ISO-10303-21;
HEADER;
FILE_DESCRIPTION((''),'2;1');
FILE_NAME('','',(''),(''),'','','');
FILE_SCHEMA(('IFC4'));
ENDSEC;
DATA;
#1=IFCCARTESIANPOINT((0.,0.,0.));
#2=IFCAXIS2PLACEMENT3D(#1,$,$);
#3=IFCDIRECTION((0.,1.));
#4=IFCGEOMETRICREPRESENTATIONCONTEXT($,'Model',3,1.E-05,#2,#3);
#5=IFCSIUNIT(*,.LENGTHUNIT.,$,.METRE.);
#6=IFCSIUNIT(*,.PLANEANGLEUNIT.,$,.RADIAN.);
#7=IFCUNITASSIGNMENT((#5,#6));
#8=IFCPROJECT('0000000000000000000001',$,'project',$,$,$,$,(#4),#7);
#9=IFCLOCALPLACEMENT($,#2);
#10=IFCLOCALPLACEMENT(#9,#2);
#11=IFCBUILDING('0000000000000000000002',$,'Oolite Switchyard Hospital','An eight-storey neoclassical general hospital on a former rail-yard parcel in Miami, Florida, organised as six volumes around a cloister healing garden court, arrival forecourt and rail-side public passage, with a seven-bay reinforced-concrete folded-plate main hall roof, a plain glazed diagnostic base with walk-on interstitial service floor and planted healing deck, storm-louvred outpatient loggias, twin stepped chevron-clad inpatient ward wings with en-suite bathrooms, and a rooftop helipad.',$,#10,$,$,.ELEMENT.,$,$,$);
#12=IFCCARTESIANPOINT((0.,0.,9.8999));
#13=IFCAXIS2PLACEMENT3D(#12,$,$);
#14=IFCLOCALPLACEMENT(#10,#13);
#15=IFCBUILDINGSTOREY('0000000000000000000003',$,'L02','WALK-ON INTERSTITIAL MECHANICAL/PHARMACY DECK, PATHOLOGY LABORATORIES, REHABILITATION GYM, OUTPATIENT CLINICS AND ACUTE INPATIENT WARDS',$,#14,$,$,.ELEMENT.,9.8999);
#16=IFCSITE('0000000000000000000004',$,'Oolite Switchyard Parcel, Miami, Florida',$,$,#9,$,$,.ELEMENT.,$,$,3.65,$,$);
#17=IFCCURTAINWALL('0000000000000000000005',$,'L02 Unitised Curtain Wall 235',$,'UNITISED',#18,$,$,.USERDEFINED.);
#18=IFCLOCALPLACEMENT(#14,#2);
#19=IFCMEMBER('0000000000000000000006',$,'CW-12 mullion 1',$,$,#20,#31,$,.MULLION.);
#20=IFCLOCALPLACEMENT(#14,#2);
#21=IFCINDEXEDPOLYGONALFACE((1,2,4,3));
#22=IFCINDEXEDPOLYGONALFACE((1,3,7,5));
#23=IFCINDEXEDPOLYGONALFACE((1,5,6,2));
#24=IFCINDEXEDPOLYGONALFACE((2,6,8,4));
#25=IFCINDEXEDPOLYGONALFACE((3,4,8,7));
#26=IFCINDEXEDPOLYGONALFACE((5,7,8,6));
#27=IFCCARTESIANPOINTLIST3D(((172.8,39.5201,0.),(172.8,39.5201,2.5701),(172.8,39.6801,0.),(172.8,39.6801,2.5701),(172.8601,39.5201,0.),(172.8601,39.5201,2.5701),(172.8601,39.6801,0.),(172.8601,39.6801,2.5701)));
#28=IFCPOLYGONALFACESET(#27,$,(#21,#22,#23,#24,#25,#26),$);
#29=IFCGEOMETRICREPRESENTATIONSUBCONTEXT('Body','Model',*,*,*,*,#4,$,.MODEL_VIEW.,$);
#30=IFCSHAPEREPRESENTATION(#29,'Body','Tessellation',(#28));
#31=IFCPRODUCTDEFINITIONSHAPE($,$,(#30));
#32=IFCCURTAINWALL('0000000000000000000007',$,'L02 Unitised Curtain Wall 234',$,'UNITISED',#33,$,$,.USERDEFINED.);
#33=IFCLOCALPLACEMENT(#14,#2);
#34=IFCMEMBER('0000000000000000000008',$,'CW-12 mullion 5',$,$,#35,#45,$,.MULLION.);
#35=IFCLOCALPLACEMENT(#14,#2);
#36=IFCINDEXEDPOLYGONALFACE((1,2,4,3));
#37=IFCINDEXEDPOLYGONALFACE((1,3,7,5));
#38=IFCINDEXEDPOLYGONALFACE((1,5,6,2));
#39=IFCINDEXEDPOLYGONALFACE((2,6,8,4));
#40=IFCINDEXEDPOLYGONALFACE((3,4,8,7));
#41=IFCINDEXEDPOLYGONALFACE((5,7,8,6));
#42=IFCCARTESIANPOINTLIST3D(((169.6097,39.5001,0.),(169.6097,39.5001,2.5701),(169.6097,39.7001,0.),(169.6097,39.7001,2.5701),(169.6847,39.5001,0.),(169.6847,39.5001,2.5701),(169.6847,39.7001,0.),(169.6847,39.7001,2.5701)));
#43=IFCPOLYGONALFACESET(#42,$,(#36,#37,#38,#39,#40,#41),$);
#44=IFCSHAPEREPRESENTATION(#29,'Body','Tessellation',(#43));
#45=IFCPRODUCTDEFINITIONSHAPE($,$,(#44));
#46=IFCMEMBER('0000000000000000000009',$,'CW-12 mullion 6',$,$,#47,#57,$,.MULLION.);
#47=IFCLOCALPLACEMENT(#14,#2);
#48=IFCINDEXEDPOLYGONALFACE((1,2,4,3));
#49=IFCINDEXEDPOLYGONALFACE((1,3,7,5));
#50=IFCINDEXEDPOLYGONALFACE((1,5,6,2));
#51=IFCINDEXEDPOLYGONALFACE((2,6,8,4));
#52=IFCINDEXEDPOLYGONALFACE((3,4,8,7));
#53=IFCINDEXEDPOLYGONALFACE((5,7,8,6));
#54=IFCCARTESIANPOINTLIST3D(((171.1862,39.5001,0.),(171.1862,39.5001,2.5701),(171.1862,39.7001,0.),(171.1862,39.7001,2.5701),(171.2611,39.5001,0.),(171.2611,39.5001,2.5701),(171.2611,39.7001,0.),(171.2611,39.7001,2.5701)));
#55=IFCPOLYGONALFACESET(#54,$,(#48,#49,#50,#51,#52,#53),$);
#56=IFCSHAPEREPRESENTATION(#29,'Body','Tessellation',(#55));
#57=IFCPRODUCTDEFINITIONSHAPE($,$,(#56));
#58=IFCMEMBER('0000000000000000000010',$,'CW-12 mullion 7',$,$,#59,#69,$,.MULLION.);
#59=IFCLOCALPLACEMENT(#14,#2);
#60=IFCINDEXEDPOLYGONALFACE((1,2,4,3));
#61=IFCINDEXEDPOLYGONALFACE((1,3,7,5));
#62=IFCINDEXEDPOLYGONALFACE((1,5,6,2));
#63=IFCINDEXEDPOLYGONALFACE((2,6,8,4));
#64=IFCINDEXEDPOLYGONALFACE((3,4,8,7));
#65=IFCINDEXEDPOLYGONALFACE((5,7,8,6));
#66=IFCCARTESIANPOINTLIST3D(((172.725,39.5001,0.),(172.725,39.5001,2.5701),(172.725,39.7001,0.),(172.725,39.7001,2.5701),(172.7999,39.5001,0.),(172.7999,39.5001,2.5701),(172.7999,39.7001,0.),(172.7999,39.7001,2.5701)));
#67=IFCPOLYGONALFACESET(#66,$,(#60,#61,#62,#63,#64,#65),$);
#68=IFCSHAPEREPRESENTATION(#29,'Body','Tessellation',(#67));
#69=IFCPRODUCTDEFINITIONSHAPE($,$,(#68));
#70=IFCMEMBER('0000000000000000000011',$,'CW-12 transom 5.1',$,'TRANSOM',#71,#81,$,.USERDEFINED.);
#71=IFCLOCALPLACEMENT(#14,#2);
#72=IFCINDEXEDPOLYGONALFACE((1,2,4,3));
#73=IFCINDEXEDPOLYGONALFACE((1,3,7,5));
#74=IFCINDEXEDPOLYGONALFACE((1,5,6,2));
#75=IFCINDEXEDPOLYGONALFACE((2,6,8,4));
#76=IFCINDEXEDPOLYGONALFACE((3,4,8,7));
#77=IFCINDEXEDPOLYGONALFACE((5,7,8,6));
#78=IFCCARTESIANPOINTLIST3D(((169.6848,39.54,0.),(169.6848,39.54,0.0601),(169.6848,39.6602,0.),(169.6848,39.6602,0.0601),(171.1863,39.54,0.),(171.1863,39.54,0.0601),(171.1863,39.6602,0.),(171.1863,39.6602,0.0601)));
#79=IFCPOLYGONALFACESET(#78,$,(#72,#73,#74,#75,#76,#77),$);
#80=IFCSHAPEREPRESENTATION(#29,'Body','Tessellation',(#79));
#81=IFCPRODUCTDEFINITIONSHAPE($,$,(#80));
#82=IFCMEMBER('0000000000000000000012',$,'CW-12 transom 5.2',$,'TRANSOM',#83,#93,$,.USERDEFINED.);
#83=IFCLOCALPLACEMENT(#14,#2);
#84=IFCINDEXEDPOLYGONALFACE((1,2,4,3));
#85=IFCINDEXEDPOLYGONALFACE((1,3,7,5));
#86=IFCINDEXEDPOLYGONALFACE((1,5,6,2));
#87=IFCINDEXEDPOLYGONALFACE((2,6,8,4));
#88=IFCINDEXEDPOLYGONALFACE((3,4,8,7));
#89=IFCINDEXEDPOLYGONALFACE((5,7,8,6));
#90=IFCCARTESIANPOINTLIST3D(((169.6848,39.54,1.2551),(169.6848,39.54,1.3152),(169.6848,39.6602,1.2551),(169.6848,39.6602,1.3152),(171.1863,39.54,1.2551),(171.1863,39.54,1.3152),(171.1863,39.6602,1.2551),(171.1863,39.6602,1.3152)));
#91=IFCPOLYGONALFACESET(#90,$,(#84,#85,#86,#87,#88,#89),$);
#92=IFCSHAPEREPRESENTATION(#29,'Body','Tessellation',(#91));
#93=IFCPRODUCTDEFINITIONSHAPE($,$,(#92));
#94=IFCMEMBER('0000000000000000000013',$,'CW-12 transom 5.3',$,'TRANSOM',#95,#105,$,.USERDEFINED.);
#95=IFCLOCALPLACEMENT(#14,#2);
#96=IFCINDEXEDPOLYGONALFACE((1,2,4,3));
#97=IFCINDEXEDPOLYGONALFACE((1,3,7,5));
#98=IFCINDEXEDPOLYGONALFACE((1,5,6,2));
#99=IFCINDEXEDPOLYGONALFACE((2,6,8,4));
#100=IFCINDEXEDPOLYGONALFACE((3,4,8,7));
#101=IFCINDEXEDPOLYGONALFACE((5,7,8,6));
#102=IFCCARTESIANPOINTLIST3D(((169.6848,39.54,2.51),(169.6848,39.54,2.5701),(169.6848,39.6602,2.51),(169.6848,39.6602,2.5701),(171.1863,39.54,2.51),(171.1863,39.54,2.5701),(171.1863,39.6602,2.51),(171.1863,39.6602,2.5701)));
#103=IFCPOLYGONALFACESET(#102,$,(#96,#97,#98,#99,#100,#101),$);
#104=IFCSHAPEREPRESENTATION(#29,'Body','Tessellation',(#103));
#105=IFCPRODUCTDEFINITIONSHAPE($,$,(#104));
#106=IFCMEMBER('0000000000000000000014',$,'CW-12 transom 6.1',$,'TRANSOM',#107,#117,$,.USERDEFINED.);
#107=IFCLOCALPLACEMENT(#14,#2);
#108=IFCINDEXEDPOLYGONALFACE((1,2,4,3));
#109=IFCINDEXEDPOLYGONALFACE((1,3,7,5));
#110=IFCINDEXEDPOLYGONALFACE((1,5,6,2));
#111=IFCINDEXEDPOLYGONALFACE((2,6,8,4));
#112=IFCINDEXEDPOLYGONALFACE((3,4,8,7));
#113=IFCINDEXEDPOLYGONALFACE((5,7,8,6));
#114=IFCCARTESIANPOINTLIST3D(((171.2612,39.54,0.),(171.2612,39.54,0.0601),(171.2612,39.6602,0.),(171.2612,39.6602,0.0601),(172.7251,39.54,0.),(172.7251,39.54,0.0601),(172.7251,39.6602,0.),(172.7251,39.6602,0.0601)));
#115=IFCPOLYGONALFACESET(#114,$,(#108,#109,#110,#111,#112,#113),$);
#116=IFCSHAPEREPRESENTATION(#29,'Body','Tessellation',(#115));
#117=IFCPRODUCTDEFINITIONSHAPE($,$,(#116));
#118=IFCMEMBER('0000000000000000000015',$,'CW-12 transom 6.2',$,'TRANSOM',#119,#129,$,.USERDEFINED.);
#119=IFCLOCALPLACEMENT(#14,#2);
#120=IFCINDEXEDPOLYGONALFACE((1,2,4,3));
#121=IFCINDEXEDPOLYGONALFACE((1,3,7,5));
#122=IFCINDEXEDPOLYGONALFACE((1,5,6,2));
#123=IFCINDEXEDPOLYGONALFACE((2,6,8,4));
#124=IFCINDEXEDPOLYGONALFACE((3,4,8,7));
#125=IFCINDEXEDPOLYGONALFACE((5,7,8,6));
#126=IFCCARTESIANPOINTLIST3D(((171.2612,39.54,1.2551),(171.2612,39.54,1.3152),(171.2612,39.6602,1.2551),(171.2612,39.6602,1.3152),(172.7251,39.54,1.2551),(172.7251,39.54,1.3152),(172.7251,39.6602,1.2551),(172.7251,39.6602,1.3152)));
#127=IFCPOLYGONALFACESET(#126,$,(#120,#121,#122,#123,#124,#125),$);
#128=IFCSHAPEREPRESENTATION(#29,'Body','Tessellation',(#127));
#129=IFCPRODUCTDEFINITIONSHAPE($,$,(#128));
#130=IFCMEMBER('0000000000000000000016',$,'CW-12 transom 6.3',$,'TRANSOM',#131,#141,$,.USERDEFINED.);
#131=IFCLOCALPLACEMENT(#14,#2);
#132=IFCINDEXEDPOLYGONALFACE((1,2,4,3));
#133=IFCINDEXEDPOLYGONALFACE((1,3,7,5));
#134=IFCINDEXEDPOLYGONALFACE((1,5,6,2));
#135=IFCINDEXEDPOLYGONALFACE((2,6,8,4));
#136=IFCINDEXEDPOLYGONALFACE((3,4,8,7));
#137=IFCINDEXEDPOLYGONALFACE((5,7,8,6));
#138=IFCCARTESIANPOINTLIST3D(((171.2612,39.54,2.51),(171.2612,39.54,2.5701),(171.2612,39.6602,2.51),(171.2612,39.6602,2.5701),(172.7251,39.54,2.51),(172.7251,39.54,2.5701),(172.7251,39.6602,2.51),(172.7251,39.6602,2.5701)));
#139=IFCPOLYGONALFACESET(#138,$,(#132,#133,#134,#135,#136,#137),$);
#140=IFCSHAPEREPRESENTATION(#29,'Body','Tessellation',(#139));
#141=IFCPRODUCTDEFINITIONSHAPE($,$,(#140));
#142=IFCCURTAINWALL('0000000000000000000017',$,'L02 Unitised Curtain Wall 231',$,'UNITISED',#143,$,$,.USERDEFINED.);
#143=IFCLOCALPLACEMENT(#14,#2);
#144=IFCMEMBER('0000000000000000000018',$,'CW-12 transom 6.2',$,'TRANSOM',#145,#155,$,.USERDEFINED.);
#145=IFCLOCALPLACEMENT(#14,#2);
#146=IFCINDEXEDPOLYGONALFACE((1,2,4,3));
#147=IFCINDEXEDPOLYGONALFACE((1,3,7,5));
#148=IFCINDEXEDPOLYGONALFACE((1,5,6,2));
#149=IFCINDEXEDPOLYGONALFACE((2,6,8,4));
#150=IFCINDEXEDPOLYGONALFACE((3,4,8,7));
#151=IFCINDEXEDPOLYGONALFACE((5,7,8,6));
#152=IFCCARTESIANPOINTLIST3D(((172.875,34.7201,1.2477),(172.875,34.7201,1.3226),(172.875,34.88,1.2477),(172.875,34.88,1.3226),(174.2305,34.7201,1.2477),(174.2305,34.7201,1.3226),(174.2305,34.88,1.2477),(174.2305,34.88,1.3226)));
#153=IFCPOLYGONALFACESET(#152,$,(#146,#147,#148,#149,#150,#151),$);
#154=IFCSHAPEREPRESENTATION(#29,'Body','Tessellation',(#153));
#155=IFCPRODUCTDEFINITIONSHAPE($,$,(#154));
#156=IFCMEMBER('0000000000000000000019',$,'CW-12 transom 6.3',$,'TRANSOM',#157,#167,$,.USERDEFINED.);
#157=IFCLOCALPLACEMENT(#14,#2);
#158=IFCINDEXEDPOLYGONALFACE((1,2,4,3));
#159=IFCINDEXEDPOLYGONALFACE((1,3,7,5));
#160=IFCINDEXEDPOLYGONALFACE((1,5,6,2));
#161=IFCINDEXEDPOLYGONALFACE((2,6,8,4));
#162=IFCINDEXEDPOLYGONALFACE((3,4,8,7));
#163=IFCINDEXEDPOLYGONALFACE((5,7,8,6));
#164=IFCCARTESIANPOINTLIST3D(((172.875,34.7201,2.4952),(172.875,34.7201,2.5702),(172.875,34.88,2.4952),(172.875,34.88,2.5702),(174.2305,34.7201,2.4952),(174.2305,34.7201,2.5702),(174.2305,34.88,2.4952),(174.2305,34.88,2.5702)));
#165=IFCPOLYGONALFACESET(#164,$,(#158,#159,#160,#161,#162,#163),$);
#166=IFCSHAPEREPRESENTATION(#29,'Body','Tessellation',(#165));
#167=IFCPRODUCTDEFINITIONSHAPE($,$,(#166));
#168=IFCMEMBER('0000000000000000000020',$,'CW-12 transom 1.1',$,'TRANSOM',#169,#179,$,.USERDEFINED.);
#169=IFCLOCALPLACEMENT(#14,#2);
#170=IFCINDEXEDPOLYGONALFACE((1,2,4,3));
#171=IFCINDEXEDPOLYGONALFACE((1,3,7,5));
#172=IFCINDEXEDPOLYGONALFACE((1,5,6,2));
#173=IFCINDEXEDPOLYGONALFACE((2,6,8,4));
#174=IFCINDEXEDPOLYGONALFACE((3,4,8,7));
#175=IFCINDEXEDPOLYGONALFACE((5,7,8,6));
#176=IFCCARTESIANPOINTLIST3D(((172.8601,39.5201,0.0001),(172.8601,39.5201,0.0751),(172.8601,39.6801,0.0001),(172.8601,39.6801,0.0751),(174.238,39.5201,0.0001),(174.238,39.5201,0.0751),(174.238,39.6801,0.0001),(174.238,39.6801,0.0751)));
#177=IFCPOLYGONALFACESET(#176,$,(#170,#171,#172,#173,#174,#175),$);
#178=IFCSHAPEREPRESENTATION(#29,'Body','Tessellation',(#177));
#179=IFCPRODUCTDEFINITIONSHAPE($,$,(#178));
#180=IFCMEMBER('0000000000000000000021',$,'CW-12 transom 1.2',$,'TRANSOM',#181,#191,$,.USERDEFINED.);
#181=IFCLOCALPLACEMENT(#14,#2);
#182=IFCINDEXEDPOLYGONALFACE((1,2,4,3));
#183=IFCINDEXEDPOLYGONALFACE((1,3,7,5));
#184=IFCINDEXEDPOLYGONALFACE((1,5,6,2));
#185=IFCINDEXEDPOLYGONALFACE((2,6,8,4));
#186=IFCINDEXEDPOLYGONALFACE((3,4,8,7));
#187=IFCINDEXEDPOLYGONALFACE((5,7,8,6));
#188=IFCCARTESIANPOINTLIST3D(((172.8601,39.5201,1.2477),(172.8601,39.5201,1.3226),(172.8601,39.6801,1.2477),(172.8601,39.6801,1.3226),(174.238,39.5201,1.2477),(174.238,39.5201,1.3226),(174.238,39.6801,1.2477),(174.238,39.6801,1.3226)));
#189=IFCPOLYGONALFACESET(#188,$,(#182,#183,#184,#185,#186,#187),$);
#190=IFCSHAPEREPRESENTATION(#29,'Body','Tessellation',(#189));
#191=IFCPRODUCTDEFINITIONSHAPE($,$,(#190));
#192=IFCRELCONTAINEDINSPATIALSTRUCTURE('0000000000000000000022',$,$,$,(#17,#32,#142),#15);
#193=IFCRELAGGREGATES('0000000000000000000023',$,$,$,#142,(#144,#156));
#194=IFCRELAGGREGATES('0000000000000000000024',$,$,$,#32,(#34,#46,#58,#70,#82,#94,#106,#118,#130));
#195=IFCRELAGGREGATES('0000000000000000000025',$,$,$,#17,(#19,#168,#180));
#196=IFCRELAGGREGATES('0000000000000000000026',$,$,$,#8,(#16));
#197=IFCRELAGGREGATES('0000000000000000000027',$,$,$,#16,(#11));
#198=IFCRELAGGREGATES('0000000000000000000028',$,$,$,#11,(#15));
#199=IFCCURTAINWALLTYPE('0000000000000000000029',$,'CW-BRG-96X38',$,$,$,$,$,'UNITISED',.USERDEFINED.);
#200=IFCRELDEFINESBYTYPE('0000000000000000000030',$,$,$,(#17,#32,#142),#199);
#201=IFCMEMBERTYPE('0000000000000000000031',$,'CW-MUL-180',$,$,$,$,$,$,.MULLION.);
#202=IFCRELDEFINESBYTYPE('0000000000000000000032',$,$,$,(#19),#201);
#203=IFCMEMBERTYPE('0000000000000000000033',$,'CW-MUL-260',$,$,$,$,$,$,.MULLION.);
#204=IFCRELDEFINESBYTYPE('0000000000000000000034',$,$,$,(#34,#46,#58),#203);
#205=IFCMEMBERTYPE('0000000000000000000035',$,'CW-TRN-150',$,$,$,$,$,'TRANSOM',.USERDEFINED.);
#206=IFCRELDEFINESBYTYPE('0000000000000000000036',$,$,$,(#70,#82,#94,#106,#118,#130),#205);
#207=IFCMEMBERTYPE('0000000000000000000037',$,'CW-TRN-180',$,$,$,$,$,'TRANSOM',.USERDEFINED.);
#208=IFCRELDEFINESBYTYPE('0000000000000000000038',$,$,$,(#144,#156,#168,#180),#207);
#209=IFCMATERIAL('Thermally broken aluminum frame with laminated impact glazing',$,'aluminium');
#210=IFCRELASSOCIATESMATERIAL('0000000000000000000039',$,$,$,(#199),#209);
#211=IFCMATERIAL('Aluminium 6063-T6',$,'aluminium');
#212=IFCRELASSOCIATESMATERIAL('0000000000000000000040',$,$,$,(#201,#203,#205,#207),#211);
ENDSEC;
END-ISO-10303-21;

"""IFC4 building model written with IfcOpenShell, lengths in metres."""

from ifc_helpers import new_model, si_unit, direction, frame, origin, origin_2d, place, context, subcontext, project, spatial, rectangle, extrude, material, material_profile, profile_set, type_object, element, aggregate, save


model = new_model("IFC4")

# Units and contexts
model_context = context("Model", 3, precision=1e-05, world=origin(), true_north=direction((0.0, 1.0)))
body_context = subcontext(model_context, "Body", "Model", "MODEL_VIEW")
ifc_project = project(units=[si_unit("LENGTHUNIT", "METRE"), si_unit("PLANEANGLEUNIT", "RADIAN")], contexts=[model_context])

# Site, building, storey
site_placement = place(None, origin())
site = spatial("IfcSite", under=ifc_project, at=site_placement, Name="Oolite Switchyard Parcel, Miami, Florida", CompositionType="ELEMENT", RefElevation=3.65)
building_placement = place(site_placement, origin())
building = spatial("IfcBuilding", under=site, at=building_placement, Name="Oolite Switchyard Hospital", Description="An eight-storey neoclassical general hospital on a former rail-yard parcel in Miami, Florida, organised as six volumes around a cloister healing garden court, arrival forecourt and rail-side public passage, with a seven-bay reinforced-concrete folded-plate main hall roof, a plain glazed diagnostic base with walk-on interstitial service floor and planted healing deck, storm-louvred outpatient loggias, twin stepped chevron-clad inpatient ward wings with en-suite bathrooms, and a rooftop helipad.", CompositionType="ELEMENT")
storey_placement = place(building_placement, frame((0.0, 0.0, 9.8999)))
storey = spatial("IfcBuildingStorey", under=building, at=storey_placement, Name="L02", Description="WALK-ON INTERSTITIAL MECHANICAL/PHARMACY DECK, PATHOLOGY LABORATORIES, REHABILITATION GYM, OUTPATIENT CLINICS AND ACUTE INPATIENT WARDS", CompositionType="ELEMENT", Elevation=9.8999)

# Curtain wall, member
ifc_material_1 = material(Name="Thermally broken aluminum frame with laminated impact glazing", Category="aluminium")
curtain_wall_type = type_object("IfcCurtainWallType", Name="CW-BRG-96X38", ElementType="UNITISED", PredefinedType="USERDEFINED", material=ifc_material_1)
curtain_wall_1_placement = place(storey_placement, origin())
curtain_wall_1 = element("IfcCurtainWall", 1, at=curtain_wall_1_placement, inside=storey, type_object=curtain_wall_type, Name="L02 Unitised Curtain Wall 235", ObjectType="UNITISED", PredefinedType="USERDEFINED")
ifc_material_2 = material(Name="Aluminium 6063-T6", Category="aluminium")
ifc_material_profile_1 = material_profile(ifc_material_2, rectangle(XDim=0.1599, YDim=0.0601, at=origin_2d()), Name="CWM60X160")
ifc_profile_set_1 = profile_set([ifc_material_profile_1], Name="Aluminium 6063-T6")
member_type_1 = type_object("IfcMemberType", Name="CW-MUL-180", PredefinedType="MULLION", material=ifc_profile_set_1)
member_1_placement = place(storey_placement, frame((172.8301, 39.6001, 0.0), z_axis=(0.0, 0.0, 1.0), x_axis=(0.0, 1.0, 0.0)))
member_1 = element("IfcMember", 2, at=member_1_placement, type_object=member_type_1, Name="CW-12 mullion 1", PredefinedType="MULLION", context=body_context, shape_type="SweptSolid", body=[
    extrude(rectangle(XDim=0.1599, YDim=0.0601, at=origin_2d()), origin(), (0.0, 0.0, 1.0), 2.5701),
])

# Curtain walls, members
curtain_wall_2_placement = place(storey_placement, origin())
curtain_wall_2 = element("IfcCurtainWall", 3, at=curtain_wall_2_placement, inside=storey, type_object=curtain_wall_type, Name="L02 Unitised Curtain Wall 234", ObjectType="UNITISED", PredefinedType="USERDEFINED")
ifc_material_profile_2 = material_profile(ifc_material_2, rectangle(XDim=0.2, YDim=0.075, at=origin_2d()), Name="CWM75X200")
ifc_profile_set_2 = profile_set([ifc_material_profile_2], Name="Aluminium 6063-T6")
member_type_2 = type_object("IfcMemberType", Name="CW-MUL-260", PredefinedType="MULLION", material=ifc_profile_set_2)
member_2_placement = place(storey_placement, frame((169.6472, 39.6001, 0.0), z_axis=(0.0, 0.0, 1.0), x_axis=(0.0, 1.0, 0.0)))
member_2 = element("IfcMember", 4, at=member_2_placement, type_object=member_type_2, Name="CW-12 mullion 5", PredefinedType="MULLION", context=body_context, shape_type="SweptSolid", body=[
    extrude(rectangle(XDim=0.2, YDim=0.075, at=origin_2d()), origin(), (0.0, 0.0, 1.0), 2.5701),
])
member_3_placement = place(storey_placement, frame((171.2236, 39.6001, 0.0), z_axis=(0.0, 0.0, 1.0), x_axis=(0.0, 1.0, 0.0)))
member_3 = element("IfcMember", 5, at=member_3_placement, type_object=member_type_2, Name="CW-12 mullion 6", PredefinedType="MULLION", context=body_context, shape_type="SweptSolid", body=[
    extrude(rectangle(XDim=0.2, YDim=0.075, at=origin_2d()), origin(), (0.0, 0.0, 1.0), 2.5701),
])
member_4_placement = place(storey_placement, frame((172.7625, 39.6001, 0.0), z_axis=(0.0, 0.0, 1.0), x_axis=(0.0, 1.0, 0.0)))
member_4 = element("IfcMember", 6, at=member_4_placement, type_object=member_type_2, Name="CW-12 mullion 7", PredefinedType="MULLION", context=body_context, shape_type="SweptSolid", body=[
    extrude(rectangle(XDim=0.2, YDim=0.075, at=origin_2d()), origin(), (0.0, 0.0, 1.0), 2.5701),
])
ifc_material_profile_3 = material_profile(ifc_material_2, rectangle(XDim=0.1201, YDim=0.0601, at=origin_2d()), Name="CWT60X120")
ifc_profile_set_3 = profile_set([ifc_material_profile_3], Name="Aluminium 6063-T6")
member_type_3 = type_object("IfcMemberType", Name="CW-TRN-150", ElementType="TRANSOM", PredefinedType="USERDEFINED", material=ifc_profile_set_3)
member_5_placement = place(storey_placement, frame((169.6848, 39.6001, 0.03), z_axis=(1.0, 0.0, 0.0), x_axis=(0.0, 1.0, 0.0)))
member_5 = element("IfcMember", 7, at=member_5_placement, type_object=member_type_3, Name="CW-12 transom 5.1", ObjectType="TRANSOM", PredefinedType="USERDEFINED", context=body_context, shape_type="SweptSolid", body=[
    extrude(rectangle(XDim=0.1201, YDim=0.0601, at=origin_2d()), origin(), (0.0, 0.0, 1.0), 1.5015),
])
member_6_placement = place(storey_placement, frame((169.6848, 39.6001, 1.2852), z_axis=(1.0, 0.0, 0.0), x_axis=(0.0, 1.0, 0.0)))
member_6 = element("IfcMember", 8, at=member_6_placement, type_object=member_type_3, Name="CW-12 transom 5.2", ObjectType="TRANSOM", PredefinedType="USERDEFINED", context=body_context, shape_type="SweptSolid", body=[
    extrude(rectangle(XDim=0.1201, YDim=0.0601, at=origin_2d()), origin(), (0.0, 0.0, 1.0), 1.5015),
])
member_7_placement = place(storey_placement, frame((169.6848, 39.6001, 2.54), z_axis=(1.0, 0.0, 0.0), x_axis=(0.0, 1.0, 0.0)))
member_7 = element("IfcMember", 9, at=member_7_placement, type_object=member_type_3, Name="CW-12 transom 5.3", ObjectType="TRANSOM", PredefinedType="USERDEFINED", context=body_context, shape_type="SweptSolid", body=[
    extrude(rectangle(XDim=0.1201, YDim=0.0601, at=origin_2d()), origin(), (0.0, 0.0, 1.0), 1.5015),
])
member_8_placement = place(storey_placement, frame((171.2612, 39.6001, 0.03), z_axis=(1.0, 0.0, 0.0), x_axis=(0.0, 1.0, 0.0)))
member_8 = element("IfcMember", 10, at=member_8_placement, type_object=member_type_3, Name="CW-12 transom 6.1", ObjectType="TRANSOM", PredefinedType="USERDEFINED", context=body_context, shape_type="SweptSolid", body=[
    extrude(rectangle(XDim=0.1201, YDim=0.0601, at=origin_2d()), origin(), (0.0, 0.0, 1.0), 1.4639),
])
member_9_placement = place(storey_placement, frame((171.2612, 39.6001, 1.2852), z_axis=(1.0, 0.0, 0.0), x_axis=(0.0, 1.0, 0.0)))
member_9 = element("IfcMember", 11, at=member_9_placement, type_object=member_type_3, Name="CW-12 transom 6.2", ObjectType="TRANSOM", PredefinedType="USERDEFINED", context=body_context, shape_type="SweptSolid", body=[
    extrude(rectangle(XDim=0.1201, YDim=0.0601, at=origin_2d()), origin(), (0.0, 0.0, 1.0), 1.4639),
])
member_10_placement = place(storey_placement, frame((171.2612, 39.6001, 2.54), z_axis=(1.0, 0.0, 0.0), x_axis=(0.0, 1.0, 0.0)))
member_10 = element("IfcMember", 12, at=member_10_placement, type_object=member_type_3, Name="CW-12 transom 6.3", ObjectType="TRANSOM", PredefinedType="USERDEFINED", context=body_context, shape_type="SweptSolid", body=[
    extrude(rectangle(XDim=0.1201, YDim=0.0601, at=origin_2d()), origin(), (0.0, 0.0, 1.0), 1.4639),
])
curtain_wall_3_placement = place(storey_placement, origin())
curtain_wall_3 = element("IfcCurtainWall", 13, at=curtain_wall_3_placement, inside=storey, type_object=curtain_wall_type, Name="L02 Unitised Curtain Wall 231", ObjectType="UNITISED", PredefinedType="USERDEFINED")
ifc_material_profile_4 = material_profile(ifc_material_2, rectangle(XDim=0.1599, YDim=0.075, at=origin_2d()), Name="CWT75X160")
ifc_profile_set_4 = profile_set([ifc_material_profile_4], Name="Aluminium 6063-T6")
member_type_4 = type_object("IfcMemberType", Name="CW-TRN-180", ElementType="TRANSOM", PredefinedType="USERDEFINED", material=ifc_profile_set_4)
member_11_placement = place(storey_placement, frame((174.2305, 34.8, 1.2852), z_axis=(-1.0, 0.0, 0.0), x_axis=(0.0, -1.0, 0.0)))
member_11 = element("IfcMember", 14, at=member_11_placement, type_object=member_type_4, Name="CW-12 transom 6.2", ObjectType="TRANSOM", PredefinedType="USERDEFINED", context=body_context, shape_type="SweptSolid", body=[
    extrude(rectangle(XDim=0.1599, YDim=0.075, at=origin_2d()), origin(), (0.0, 0.0, 1.0), 1.3555),
])
member_12_placement = place(storey_placement, frame((174.2305, 34.8, 2.5327), z_axis=(-1.0, 0.0, 0.0), x_axis=(0.0, -1.0, 0.0)))
member_12 = element("IfcMember", 15, at=member_12_placement, type_object=member_type_4, Name="CW-12 transom 6.3", ObjectType="TRANSOM", PredefinedType="USERDEFINED", context=body_context, shape_type="SweptSolid", body=[
    extrude(rectangle(XDim=0.1599, YDim=0.075, at=origin_2d()), origin(), (0.0, 0.0, 1.0), 1.3555),
])
aggregate(curtain_wall_3, [member_11, member_12])

# Members
member_13_placement = place(storey_placement, frame((172.8601, 39.6001, 0.0376), z_axis=(1.0, 0.0, 0.0), x_axis=(0.0, 1.0, 0.0)))
member_13 = element("IfcMember", 16, at=member_13_placement, type_object=member_type_4, Name="CW-12 transom 1.1", ObjectType="TRANSOM", PredefinedType="USERDEFINED", context=body_context, shape_type="SweptSolid", body=[
    extrude(rectangle(XDim=0.1599, YDim=0.075, at=origin_2d()), origin(), (0.0, 0.0, 1.0), 1.3779),
])
member_14_placement = place(storey_placement, frame((172.8601, 39.6001, 1.2852), z_axis=(1.0, 0.0, 0.0), x_axis=(0.0, 1.0, 0.0)))
member_14 = element("IfcMember", 17, at=member_14_placement, type_object=member_type_4, Name="CW-12 transom 1.2", ObjectType="TRANSOM", PredefinedType="USERDEFINED", context=body_context, shape_type="SweptSolid", body=[
    extrude(rectangle(XDim=0.1599, YDim=0.075, at=origin_2d()), origin(), (0.0, 0.0, 1.0), 1.3779),
])

aggregate(curtain_wall_2, [member_2, member_3, member_4, member_5, member_6, member_7, member_8, member_9, member_10])
aggregate(curtain_wall_1, [member_1, member_13, member_14])

save(model, "model.ifc")
